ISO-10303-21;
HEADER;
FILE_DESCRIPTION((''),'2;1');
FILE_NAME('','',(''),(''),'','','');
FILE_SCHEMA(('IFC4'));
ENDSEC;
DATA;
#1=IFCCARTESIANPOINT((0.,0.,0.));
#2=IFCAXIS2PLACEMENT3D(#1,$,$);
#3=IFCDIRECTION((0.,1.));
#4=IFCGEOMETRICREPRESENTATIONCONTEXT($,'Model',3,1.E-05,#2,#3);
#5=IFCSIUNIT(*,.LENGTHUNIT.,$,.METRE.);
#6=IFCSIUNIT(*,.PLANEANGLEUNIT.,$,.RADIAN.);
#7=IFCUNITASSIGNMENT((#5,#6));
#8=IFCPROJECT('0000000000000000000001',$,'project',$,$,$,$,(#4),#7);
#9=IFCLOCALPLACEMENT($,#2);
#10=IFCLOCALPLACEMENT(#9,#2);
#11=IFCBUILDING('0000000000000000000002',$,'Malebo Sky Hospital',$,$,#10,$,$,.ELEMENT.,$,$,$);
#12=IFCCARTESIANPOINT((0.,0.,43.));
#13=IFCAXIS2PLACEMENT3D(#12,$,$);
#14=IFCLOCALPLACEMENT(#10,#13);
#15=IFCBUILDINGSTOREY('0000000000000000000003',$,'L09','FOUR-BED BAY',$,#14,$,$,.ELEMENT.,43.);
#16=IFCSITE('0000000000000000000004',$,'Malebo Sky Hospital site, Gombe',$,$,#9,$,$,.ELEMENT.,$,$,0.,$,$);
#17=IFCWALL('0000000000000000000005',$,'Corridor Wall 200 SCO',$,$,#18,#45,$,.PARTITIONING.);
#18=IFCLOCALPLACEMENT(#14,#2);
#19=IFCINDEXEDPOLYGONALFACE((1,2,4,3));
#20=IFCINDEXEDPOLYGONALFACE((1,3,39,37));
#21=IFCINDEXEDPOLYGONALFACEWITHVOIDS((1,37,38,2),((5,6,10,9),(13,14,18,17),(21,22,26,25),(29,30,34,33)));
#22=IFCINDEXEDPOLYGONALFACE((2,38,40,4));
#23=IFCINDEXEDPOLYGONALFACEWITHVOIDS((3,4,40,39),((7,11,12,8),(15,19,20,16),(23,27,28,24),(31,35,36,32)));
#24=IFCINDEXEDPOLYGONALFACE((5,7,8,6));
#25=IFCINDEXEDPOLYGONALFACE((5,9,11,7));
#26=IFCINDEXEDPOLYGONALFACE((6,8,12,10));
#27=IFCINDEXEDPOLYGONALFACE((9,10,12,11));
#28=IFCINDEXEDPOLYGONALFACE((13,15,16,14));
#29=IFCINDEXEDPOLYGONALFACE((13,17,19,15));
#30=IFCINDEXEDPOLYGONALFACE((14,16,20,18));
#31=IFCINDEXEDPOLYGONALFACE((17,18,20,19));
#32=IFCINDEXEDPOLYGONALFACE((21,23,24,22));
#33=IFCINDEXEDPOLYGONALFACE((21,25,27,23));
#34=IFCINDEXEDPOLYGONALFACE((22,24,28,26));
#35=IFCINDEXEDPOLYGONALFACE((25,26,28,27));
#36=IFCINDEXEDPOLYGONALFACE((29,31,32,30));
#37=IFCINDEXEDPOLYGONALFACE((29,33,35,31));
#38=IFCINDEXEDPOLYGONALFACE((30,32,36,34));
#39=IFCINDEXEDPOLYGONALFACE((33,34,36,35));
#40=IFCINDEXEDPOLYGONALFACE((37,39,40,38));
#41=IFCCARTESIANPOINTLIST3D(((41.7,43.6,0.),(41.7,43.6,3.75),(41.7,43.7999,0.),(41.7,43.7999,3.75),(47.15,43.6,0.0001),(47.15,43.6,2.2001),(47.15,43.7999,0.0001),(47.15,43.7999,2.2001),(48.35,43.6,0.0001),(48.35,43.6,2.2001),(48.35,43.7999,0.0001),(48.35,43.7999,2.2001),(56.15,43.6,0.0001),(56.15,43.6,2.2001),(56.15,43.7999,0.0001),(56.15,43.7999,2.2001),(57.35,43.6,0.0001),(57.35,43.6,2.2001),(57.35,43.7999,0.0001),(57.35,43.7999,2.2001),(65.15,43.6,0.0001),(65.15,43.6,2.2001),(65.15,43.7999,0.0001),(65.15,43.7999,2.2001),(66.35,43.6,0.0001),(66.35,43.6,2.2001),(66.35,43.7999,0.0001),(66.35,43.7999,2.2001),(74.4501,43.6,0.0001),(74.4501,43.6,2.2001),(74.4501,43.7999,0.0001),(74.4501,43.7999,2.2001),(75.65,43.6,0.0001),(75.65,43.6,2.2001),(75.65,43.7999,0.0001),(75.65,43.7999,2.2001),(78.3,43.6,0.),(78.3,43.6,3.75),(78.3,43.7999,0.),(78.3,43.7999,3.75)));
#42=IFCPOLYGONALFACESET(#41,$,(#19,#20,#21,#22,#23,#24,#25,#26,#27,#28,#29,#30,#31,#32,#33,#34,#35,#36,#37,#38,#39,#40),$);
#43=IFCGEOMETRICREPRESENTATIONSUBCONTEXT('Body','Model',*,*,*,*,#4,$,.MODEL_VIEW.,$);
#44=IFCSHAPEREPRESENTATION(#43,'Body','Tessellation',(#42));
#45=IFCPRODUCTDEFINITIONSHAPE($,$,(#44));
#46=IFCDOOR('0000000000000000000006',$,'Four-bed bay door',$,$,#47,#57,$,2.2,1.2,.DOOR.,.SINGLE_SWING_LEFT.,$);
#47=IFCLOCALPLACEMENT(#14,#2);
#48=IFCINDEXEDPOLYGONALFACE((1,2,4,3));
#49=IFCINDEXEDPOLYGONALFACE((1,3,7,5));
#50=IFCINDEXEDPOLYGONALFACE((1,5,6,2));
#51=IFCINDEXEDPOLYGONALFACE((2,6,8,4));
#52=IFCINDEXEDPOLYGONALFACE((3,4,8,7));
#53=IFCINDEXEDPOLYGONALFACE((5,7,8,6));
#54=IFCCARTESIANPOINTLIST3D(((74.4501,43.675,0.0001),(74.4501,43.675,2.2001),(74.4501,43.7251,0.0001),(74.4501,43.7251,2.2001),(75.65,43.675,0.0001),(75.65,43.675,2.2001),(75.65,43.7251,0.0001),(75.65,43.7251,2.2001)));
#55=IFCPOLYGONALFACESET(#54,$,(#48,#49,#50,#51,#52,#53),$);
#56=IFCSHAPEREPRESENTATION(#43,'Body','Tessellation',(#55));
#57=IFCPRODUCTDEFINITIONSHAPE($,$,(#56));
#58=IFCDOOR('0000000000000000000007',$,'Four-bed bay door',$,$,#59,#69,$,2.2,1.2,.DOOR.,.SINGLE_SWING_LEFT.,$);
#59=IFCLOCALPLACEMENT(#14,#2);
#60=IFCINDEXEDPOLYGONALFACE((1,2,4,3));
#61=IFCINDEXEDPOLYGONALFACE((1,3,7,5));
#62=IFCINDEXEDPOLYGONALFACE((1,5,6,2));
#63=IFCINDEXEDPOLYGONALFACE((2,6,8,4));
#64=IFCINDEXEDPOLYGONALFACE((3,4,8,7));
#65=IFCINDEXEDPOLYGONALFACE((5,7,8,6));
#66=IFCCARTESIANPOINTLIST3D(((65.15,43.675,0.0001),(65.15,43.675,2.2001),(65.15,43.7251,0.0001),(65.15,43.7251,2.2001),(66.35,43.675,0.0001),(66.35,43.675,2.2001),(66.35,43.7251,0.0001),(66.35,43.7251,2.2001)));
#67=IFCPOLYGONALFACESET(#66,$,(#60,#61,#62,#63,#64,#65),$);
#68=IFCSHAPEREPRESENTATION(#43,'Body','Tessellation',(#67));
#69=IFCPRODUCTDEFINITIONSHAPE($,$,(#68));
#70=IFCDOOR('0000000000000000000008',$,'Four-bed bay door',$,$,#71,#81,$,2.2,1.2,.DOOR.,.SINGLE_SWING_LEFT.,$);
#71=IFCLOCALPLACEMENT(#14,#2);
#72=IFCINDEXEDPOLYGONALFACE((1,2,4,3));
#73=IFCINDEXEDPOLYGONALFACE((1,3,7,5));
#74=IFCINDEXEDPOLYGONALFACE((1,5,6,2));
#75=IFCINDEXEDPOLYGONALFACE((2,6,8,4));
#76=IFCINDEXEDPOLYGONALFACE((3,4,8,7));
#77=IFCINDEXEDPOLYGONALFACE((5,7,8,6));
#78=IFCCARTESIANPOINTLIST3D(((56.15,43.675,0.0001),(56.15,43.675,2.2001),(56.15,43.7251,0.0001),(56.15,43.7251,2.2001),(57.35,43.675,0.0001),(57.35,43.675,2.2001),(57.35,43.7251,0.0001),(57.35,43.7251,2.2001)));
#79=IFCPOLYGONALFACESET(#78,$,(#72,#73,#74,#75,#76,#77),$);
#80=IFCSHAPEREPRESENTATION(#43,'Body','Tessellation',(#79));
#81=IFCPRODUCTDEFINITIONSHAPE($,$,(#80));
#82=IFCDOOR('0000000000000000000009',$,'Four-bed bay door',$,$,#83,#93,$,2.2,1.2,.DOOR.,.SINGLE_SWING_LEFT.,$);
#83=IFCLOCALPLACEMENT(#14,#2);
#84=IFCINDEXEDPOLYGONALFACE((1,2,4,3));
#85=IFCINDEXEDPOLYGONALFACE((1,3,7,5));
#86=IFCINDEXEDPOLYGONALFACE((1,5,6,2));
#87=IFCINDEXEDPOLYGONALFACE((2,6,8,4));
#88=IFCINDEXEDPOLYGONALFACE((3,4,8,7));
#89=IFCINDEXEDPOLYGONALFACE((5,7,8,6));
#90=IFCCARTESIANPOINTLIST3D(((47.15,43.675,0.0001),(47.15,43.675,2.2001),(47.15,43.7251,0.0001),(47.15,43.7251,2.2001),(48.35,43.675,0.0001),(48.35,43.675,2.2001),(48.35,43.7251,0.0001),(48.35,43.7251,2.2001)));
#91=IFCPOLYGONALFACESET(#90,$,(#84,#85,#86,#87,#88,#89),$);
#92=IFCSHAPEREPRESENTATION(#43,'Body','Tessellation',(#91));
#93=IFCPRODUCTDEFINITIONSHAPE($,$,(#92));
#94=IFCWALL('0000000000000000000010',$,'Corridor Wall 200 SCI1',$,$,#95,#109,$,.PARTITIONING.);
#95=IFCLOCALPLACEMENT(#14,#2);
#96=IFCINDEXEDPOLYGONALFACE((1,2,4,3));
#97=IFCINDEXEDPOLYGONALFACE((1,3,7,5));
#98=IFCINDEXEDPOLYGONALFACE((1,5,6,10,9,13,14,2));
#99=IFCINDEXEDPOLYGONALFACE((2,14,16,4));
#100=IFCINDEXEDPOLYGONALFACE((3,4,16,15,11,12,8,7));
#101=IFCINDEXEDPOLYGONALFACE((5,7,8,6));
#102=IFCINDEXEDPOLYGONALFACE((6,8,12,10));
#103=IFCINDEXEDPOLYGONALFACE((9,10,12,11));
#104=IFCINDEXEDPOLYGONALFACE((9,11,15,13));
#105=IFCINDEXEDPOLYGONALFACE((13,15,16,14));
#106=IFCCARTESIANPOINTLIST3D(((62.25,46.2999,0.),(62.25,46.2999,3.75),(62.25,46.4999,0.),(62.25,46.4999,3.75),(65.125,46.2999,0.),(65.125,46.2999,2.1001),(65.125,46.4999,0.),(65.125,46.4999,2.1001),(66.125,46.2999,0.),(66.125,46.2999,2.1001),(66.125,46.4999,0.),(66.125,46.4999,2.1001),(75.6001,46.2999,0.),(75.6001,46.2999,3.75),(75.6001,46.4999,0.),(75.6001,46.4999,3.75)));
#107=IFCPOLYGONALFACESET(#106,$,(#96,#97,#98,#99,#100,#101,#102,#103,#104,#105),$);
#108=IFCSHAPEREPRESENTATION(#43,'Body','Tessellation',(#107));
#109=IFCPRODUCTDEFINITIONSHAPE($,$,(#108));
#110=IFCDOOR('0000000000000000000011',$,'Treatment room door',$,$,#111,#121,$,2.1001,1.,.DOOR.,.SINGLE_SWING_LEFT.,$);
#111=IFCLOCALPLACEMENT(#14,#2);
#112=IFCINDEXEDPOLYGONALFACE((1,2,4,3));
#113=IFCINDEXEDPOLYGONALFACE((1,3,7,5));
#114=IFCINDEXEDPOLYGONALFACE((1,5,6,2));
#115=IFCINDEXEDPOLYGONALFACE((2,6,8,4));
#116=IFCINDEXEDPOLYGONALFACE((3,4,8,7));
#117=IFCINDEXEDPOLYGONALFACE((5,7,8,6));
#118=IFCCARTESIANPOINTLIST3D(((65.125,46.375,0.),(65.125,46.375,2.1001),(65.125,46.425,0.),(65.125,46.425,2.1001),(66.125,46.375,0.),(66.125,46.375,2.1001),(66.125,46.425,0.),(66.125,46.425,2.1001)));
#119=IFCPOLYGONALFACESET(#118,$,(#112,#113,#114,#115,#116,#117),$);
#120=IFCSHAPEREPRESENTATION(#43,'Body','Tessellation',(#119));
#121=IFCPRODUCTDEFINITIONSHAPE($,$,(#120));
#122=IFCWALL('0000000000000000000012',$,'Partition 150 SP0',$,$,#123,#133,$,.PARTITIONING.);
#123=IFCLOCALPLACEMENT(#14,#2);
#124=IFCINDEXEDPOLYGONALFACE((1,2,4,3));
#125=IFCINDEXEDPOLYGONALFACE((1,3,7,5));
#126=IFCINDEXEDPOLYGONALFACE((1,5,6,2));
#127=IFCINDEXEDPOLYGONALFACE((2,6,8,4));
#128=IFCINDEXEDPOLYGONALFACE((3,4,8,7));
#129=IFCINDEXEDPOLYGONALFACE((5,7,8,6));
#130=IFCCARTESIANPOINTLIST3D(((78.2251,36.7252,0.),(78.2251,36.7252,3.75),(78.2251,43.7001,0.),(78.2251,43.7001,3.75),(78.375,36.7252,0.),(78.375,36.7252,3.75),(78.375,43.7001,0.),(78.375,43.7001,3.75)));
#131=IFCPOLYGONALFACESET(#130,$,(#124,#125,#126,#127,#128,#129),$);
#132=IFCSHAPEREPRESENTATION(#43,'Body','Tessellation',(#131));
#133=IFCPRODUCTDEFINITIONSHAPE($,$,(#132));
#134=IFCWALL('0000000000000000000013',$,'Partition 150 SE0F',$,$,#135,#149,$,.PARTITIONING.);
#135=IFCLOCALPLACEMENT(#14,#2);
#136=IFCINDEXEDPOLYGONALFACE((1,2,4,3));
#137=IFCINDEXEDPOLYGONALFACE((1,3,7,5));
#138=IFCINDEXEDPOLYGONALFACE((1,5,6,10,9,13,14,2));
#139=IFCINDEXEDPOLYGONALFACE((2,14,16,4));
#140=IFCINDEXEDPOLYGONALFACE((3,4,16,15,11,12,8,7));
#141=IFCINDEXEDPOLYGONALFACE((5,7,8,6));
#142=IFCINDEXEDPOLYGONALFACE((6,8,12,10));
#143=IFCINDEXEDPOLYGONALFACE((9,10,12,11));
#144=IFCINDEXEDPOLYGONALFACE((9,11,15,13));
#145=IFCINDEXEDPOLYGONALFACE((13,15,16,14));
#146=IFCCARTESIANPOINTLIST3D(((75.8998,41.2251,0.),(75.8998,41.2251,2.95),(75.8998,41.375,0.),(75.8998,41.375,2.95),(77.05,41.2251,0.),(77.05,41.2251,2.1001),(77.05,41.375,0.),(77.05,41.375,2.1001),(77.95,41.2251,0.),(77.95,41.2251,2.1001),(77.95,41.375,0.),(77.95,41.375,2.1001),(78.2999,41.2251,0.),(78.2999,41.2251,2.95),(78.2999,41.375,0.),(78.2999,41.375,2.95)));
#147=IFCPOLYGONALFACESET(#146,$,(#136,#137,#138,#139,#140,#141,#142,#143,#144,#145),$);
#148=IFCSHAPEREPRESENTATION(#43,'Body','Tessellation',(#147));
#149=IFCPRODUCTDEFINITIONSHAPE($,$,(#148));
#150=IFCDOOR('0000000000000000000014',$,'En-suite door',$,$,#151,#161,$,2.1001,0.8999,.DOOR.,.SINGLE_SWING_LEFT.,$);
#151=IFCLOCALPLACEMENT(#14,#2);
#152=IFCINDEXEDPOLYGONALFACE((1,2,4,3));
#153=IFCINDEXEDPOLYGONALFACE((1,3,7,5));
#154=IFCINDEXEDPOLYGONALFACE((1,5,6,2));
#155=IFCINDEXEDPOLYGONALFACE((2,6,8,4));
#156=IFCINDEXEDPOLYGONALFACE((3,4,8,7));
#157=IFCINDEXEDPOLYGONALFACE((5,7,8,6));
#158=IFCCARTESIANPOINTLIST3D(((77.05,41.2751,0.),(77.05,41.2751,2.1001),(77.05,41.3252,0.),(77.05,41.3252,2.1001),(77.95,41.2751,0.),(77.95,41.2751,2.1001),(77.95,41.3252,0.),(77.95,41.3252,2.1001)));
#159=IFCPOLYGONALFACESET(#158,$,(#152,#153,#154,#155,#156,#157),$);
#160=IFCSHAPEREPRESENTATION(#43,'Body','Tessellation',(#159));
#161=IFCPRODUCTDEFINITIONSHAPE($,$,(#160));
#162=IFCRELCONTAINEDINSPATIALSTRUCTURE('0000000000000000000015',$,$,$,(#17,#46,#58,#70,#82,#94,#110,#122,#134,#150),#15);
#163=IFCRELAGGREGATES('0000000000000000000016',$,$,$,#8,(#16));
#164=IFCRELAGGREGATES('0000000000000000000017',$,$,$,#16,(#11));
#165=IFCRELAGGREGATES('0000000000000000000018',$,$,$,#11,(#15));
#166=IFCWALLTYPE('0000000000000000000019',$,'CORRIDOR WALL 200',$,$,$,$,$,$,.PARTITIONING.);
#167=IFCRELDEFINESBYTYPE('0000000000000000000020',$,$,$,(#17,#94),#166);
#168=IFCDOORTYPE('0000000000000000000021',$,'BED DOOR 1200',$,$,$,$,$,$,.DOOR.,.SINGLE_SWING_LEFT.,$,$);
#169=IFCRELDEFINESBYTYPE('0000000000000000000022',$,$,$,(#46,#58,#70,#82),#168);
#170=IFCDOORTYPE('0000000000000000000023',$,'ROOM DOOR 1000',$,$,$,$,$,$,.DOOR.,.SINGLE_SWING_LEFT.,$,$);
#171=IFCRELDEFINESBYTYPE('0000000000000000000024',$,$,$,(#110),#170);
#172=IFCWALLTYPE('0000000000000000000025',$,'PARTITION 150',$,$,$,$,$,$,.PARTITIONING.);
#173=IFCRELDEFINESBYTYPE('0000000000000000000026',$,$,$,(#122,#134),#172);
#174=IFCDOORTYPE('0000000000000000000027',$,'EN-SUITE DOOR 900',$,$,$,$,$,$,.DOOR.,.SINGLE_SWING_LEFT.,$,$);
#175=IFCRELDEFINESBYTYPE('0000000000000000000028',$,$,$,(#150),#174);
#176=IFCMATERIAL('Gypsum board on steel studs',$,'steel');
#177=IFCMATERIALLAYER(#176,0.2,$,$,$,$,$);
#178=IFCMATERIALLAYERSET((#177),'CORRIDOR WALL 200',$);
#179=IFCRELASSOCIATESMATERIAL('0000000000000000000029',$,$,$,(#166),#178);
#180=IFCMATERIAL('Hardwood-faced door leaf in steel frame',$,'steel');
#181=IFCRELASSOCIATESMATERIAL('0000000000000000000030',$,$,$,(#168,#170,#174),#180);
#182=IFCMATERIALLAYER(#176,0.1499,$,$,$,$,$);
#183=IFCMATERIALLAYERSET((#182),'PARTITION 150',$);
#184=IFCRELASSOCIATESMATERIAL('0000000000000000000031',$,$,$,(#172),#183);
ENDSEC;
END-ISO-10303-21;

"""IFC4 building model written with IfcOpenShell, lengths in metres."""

from ifc_helpers import new_model, si_unit, direction, frame, frame_2d, origin, place, context, subcontext, project, spatial, rectangle, extrude, material, layer, layer_set, type_object, element, fill, save


model = new_model("IFC4")

# Units and contexts
model_context = context("Model", 3, precision=1e-05, world=origin(), true_north=direction((0.0, 1.0)))
body_context = subcontext(model_context, "Body", "Model", "MODEL_VIEW")
ifc_project = project(units=[si_unit("LENGTHUNIT", "METRE"), si_unit("PLANEANGLEUNIT", "RADIAN")], contexts=[model_context])

# Site, building, storey
site_placement = place(None, origin())
site = spatial("IfcSite", under=ifc_project, at=site_placement, Name="Malebo Sky Hospital site, Gombe", CompositionType="ELEMENT", RefElevation=0.0)
building_placement = place(site_placement, origin())
building = spatial("IfcBuilding", under=site, at=building_placement, Name="Malebo Sky Hospital", CompositionType="ELEMENT")
storey_placement = place(building_placement, frame((0.0, 0.0, 43.0)))
storey = spatial("IfcBuildingStorey", under=building, at=storey_placement, Name="L09", Description="FOUR-BED BAY", CompositionType="ELEMENT", Elevation=43.0)

# Wall, openings, doors
ifc_material_1 = material(Name="Gypsum board on steel studs", Category="steel")
ifc_layer_1 = layer(ifc_material_1, 0.2)
ifc_layer_set_1 = layer_set([ifc_layer_1], Name="CORRIDOR WALL 200")
wall_type_1 = type_object("IfcWallType", Name="CORRIDOR WALL 200", PredefinedType="PARTITIONING", material=ifc_layer_set_1)
wall_1_placement = place(storey_placement, frame((78.3, 43.7, 0.0), z_axis=(0.0, 0.0, 1.0), x_axis=(-1.0, 0.0, 0.0)))
wall_1 = element("IfcWall", 1, at=wall_1_placement, inside=storey, type_object=wall_type_1, Name="Corridor Wall 200 SCO", PredefinedType="PARTITIONING", context=body_context, shape_type="SweptSolid", body=[
    extrude(rectangle(XDim=36.6001, YDim=0.2, at=frame_2d((18.3, 0.0))), origin(), (0.0, 0.0, 1.0), 3.75),
])
opening_1_placement = place(wall_1_placement, frame((2.6499, 0.0, 0.0)))
opening_1 = element("IfcOpeningElement", 2, at=opening_1_placement, cuts=wall_1, PredefinedType="OPENING", context=body_context, shape_type="SweptSolid", body=[
    extrude(rectangle(XDim=1.2, YDim=2.2, at=frame_2d((0.6001, 1.1001))), frame((0.0, 0.1099, 0.0), z_axis=(0.0, -1.0, 0.0), x_axis=(1.0, 0.0, 0.0)), (0.0, 0.0, 1.0), 0.22),
])
opening_2_placement = place(wall_1_placement, frame((11.95, 0.0, 0.0)))
opening_2 = element("IfcOpeningElement", 3, at=opening_2_placement, cuts=wall_1, PredefinedType="OPENING", context=body_context, shape_type="SweptSolid", body=[
    extrude(rectangle(XDim=1.2, YDim=2.2, at=frame_2d((0.6001, 1.1001))), frame((0.0, 0.1099, 0.0), z_axis=(0.0, -1.0, 0.0), x_axis=(1.0, 0.0, 0.0)), (0.0, 0.0, 1.0), 0.22),
])
opening_3_placement = place(wall_1_placement, frame((20.95, 0.0, 0.0)))
opening_3 = element("IfcOpeningElement", 4, at=opening_3_placement, cuts=wall_1, PredefinedType="OPENING", context=body_context, shape_type="SweptSolid", body=[
    extrude(rectangle(XDim=1.2, YDim=2.2, at=frame_2d((0.6001, 1.1001))), frame((0.0, 0.1099, 0.0), z_axis=(0.0, -1.0, 0.0), x_axis=(1.0, 0.0, 0.0)), (0.0, 0.0, 1.0), 0.22),
])
opening_4_placement = place(wall_1_placement, frame((29.95, 0.0, 0.0)))
opening_4 = element("IfcOpeningElement", 5, at=opening_4_placement, cuts=wall_1, PredefinedType="OPENING", context=body_context, shape_type="SweptSolid", body=[
    extrude(rectangle(XDim=1.2, YDim=2.2, at=frame_2d((0.6001, 1.1001))), frame((0.0, 0.1099, 0.0), z_axis=(0.0, -1.0, 0.0), x_axis=(1.0, 0.0, 0.0)), (0.0, 0.0, 1.0), 0.22),
])
ifc_material_2 = material(Name="Hardwood-faced door leaf in steel frame", Category="steel")
door_type_1 = type_object("IfcDoorType", Name="BED DOOR 1200", OperationType="SINGLE_SWING_LEFT", PredefinedType="DOOR", material=ifc_material_2)
door_1_placement = place(opening_1_placement, origin())
door_1 = element("IfcDoor", 6, at=door_1_placement, inside=storey, type_object=door_type_1, Name="Four-bed bay door", OperationType="SINGLE_SWING_LEFT", OverallHeight=2.2, OverallWidth=1.2, PredefinedType="DOOR", context=body_context, shape_type="SweptSolid", body=[
    extrude(rectangle(XDim=1.2, YDim=2.2, at=frame_2d((0.6001, 1.1001))), frame((0.0, 0.0249, 0.0), z_axis=(0.0, -1.0, 0.0), x_axis=(1.0, 0.0, 0.0)), (0.0, 0.0, 1.0), 0.05),
])
fill(opening_1, door_1)
door_2_placement = place(opening_2_placement, origin())
door_2 = element("IfcDoor", 7, at=door_2_placement, inside=storey, type_object=door_type_1, Name="Four-bed bay door", OperationType="SINGLE_SWING_LEFT", OverallHeight=2.2, OverallWidth=1.2, PredefinedType="DOOR", context=body_context, shape_type="SweptSolid", body=[
    extrude(rectangle(XDim=1.2, YDim=2.2, at=frame_2d((0.6001, 1.1001))), frame((0.0, 0.0249, 0.0), z_axis=(0.0, -1.0, 0.0), x_axis=(1.0, 0.0, 0.0)), (0.0, 0.0, 1.0), 0.05),
])
fill(opening_2, door_2)
door_3_placement = place(opening_3_placement, origin())
door_3 = element("IfcDoor", 8, at=door_3_placement, inside=storey, type_object=door_type_1, Name="Four-bed bay door", OperationType="SINGLE_SWING_LEFT", OverallHeight=2.2, OverallWidth=1.2, PredefinedType="DOOR", context=body_context, shape_type="SweptSolid", body=[
    extrude(rectangle(XDim=1.2, YDim=2.2, at=frame_2d((0.6001, 1.1001))), frame((0.0, 0.0249, 0.0), z_axis=(0.0, -1.0, 0.0), x_axis=(1.0, 0.0, 0.0)), (0.0, 0.0, 1.0), 0.05),
])
fill(opening_3, door_3)
door_4_placement = place(opening_4_placement, origin())
door_4 = element("IfcDoor", 9, at=door_4_placement, inside=storey, type_object=door_type_1, Name="Four-bed bay door", OperationType="SINGLE_SWING_LEFT", OverallHeight=2.2, OverallWidth=1.2, PredefinedType="DOOR", context=body_context, shape_type="SweptSolid", body=[
    extrude(rectangle(XDim=1.2, YDim=2.2, at=frame_2d((0.6001, 1.1001))), frame((0.0, 0.0249, 0.0), z_axis=(0.0, -1.0, 0.0), x_axis=(1.0, 0.0, 0.0)), (0.0, 0.0, 1.0), 0.05),
])
fill(opening_4, door_4)

# Wall, opening, door
wall_2_placement = place(storey_placement, frame((75.6001, 46.3999, 0.0), z_axis=(0.0, 0.0, 1.0), x_axis=(-1.0, 0.0, 0.0)))
wall_2 = element("IfcWall", 10, at=wall_2_placement, inside=storey, type_object=wall_type_1, Name="Corridor Wall 200 SCI1", PredefinedType="PARTITIONING", context=body_context, shape_type="SweptSolid", body=[
    extrude(rectangle(XDim=13.3501, YDim=0.2, at=frame_2d((6.675, 0.0))), origin(), (0.0, 0.0, 1.0), 3.75),
])
opening_5_placement = place(wall_2_placement, frame((9.4751, 0.0, 0.0)))
opening_5 = element("IfcOpeningElement", 11, at=opening_5_placement, cuts=wall_2, PredefinedType="OPENING", context=body_context, shape_type="SweptSolid", body=[
    extrude(rectangle(XDim=1.0, YDim=2.1001, at=frame_2d((0.5, 1.05))), frame((0.0, 0.1099, 0.0), z_axis=(0.0, -1.0, 0.0), x_axis=(1.0, 0.0, 0.0)), (0.0, 0.0, 1.0), 0.22),
])
door_type_2 = type_object("IfcDoorType", Name="ROOM DOOR 1000", OperationType="SINGLE_SWING_LEFT", PredefinedType="DOOR", material=ifc_material_2)
door_5_placement = place(opening_5_placement, origin())
door_5 = element("IfcDoor", 12, at=door_5_placement, inside=storey, type_object=door_type_2, Name="Treatment room door", OperationType="SINGLE_SWING_LEFT", OverallHeight=2.1001, OverallWidth=1.0, PredefinedType="DOOR", context=body_context, shape_type="SweptSolid", body=[
    extrude(rectangle(XDim=1.0, YDim=2.1001, at=frame_2d((0.5, 1.05))), frame((0.0, 0.0249, 0.0), z_axis=(0.0, -1.0, 0.0), x_axis=(1.0, 0.0, 0.0)), (0.0, 0.0, 1.0), 0.05),
])
fill(opening_5, door_5)

# Wall
ifc_layer_2 = layer(ifc_material_1, 0.1499)
ifc_layer_set_2 = layer_set([ifc_layer_2], Name="PARTITION 150")
wall_type_2 = type_object("IfcWallType", Name="PARTITION 150", PredefinedType="PARTITIONING", material=ifc_layer_set_2)
wall_3_placement = place(storey_placement, frame((78.3, 43.7, 0.0), z_axis=(0.0, 0.0, 1.0), x_axis=(0.0, -1.0, 0.0)))
element("IfcWall", 13, at=wall_3_placement, inside=storey, type_object=wall_type_2, Name="Partition 150 SP0", PredefinedType="PARTITIONING", context=body_context, shape_type="SweptSolid", body=[
    extrude(rectangle(XDim=6.9749, YDim=0.1499, at=frame_2d((3.4873, 0.0))), origin(), (0.0, 0.0, 1.0), 3.75),
])

# Wall, opening, door
wall_4_placement = place(storey_placement, frame((78.3, 41.3, 0.0), z_axis=(0.0, 0.0, 1.0), x_axis=(-1.0, 0.0, 0.0)))
wall_4 = element("IfcWall", 14, at=wall_4_placement, inside=storey, type_object=wall_type_2, Name="Partition 150 SE0F", PredefinedType="PARTITIONING", context=body_context, shape_type="SweptSolid", body=[
    extrude(rectangle(XDim=2.4001, YDim=0.1499, at=frame_2d((1.2002, 0.0))), origin(), (0.0, 0.0, 1.0), 2.95),
])
opening_6_placement = place(wall_4_placement, frame((0.3501, 0.0, 0.0)))
opening_6 = element("IfcOpeningElement", 15, at=opening_6_placement, cuts=wall_4, PredefinedType="OPENING", context=body_context, shape_type="SweptSolid", body=[
    extrude(rectangle(XDim=0.8999, YDim=2.1001, at=frame_2d((0.45, 1.05))), frame((0.0, 0.085, 0.0), z_axis=(0.0, -1.0, 0.0), x_axis=(1.0, 0.0, 0.0)), (0.0, 0.0, 1.0), 0.1699),
])
door_type_3 = type_object("IfcDoorType", Name="EN-SUITE DOOR 900", OperationType="SINGLE_SWING_LEFT", PredefinedType="DOOR", material=ifc_material_2)
door_6_placement = place(opening_6_placement, origin())
door_6 = element("IfcDoor", 16, at=door_6_placement, inside=storey, type_object=door_type_3, Name="En-suite door", OperationType="SINGLE_SWING_LEFT", OverallHeight=2.1001, OverallWidth=0.8999, PredefinedType="DOOR", context=body_context, shape_type="SweptSolid", body=[
    extrude(rectangle(XDim=0.8999, YDim=2.1001, at=frame_2d((0.45, 1.05))), frame((0.0, 0.0249, 0.0), z_axis=(0.0, -1.0, 0.0), x_axis=(1.0, 0.0, 0.0)), (0.0, 0.0, 1.0), 0.05),
])
fill(opening_6, door_6)

save(model, "model.ifc")
